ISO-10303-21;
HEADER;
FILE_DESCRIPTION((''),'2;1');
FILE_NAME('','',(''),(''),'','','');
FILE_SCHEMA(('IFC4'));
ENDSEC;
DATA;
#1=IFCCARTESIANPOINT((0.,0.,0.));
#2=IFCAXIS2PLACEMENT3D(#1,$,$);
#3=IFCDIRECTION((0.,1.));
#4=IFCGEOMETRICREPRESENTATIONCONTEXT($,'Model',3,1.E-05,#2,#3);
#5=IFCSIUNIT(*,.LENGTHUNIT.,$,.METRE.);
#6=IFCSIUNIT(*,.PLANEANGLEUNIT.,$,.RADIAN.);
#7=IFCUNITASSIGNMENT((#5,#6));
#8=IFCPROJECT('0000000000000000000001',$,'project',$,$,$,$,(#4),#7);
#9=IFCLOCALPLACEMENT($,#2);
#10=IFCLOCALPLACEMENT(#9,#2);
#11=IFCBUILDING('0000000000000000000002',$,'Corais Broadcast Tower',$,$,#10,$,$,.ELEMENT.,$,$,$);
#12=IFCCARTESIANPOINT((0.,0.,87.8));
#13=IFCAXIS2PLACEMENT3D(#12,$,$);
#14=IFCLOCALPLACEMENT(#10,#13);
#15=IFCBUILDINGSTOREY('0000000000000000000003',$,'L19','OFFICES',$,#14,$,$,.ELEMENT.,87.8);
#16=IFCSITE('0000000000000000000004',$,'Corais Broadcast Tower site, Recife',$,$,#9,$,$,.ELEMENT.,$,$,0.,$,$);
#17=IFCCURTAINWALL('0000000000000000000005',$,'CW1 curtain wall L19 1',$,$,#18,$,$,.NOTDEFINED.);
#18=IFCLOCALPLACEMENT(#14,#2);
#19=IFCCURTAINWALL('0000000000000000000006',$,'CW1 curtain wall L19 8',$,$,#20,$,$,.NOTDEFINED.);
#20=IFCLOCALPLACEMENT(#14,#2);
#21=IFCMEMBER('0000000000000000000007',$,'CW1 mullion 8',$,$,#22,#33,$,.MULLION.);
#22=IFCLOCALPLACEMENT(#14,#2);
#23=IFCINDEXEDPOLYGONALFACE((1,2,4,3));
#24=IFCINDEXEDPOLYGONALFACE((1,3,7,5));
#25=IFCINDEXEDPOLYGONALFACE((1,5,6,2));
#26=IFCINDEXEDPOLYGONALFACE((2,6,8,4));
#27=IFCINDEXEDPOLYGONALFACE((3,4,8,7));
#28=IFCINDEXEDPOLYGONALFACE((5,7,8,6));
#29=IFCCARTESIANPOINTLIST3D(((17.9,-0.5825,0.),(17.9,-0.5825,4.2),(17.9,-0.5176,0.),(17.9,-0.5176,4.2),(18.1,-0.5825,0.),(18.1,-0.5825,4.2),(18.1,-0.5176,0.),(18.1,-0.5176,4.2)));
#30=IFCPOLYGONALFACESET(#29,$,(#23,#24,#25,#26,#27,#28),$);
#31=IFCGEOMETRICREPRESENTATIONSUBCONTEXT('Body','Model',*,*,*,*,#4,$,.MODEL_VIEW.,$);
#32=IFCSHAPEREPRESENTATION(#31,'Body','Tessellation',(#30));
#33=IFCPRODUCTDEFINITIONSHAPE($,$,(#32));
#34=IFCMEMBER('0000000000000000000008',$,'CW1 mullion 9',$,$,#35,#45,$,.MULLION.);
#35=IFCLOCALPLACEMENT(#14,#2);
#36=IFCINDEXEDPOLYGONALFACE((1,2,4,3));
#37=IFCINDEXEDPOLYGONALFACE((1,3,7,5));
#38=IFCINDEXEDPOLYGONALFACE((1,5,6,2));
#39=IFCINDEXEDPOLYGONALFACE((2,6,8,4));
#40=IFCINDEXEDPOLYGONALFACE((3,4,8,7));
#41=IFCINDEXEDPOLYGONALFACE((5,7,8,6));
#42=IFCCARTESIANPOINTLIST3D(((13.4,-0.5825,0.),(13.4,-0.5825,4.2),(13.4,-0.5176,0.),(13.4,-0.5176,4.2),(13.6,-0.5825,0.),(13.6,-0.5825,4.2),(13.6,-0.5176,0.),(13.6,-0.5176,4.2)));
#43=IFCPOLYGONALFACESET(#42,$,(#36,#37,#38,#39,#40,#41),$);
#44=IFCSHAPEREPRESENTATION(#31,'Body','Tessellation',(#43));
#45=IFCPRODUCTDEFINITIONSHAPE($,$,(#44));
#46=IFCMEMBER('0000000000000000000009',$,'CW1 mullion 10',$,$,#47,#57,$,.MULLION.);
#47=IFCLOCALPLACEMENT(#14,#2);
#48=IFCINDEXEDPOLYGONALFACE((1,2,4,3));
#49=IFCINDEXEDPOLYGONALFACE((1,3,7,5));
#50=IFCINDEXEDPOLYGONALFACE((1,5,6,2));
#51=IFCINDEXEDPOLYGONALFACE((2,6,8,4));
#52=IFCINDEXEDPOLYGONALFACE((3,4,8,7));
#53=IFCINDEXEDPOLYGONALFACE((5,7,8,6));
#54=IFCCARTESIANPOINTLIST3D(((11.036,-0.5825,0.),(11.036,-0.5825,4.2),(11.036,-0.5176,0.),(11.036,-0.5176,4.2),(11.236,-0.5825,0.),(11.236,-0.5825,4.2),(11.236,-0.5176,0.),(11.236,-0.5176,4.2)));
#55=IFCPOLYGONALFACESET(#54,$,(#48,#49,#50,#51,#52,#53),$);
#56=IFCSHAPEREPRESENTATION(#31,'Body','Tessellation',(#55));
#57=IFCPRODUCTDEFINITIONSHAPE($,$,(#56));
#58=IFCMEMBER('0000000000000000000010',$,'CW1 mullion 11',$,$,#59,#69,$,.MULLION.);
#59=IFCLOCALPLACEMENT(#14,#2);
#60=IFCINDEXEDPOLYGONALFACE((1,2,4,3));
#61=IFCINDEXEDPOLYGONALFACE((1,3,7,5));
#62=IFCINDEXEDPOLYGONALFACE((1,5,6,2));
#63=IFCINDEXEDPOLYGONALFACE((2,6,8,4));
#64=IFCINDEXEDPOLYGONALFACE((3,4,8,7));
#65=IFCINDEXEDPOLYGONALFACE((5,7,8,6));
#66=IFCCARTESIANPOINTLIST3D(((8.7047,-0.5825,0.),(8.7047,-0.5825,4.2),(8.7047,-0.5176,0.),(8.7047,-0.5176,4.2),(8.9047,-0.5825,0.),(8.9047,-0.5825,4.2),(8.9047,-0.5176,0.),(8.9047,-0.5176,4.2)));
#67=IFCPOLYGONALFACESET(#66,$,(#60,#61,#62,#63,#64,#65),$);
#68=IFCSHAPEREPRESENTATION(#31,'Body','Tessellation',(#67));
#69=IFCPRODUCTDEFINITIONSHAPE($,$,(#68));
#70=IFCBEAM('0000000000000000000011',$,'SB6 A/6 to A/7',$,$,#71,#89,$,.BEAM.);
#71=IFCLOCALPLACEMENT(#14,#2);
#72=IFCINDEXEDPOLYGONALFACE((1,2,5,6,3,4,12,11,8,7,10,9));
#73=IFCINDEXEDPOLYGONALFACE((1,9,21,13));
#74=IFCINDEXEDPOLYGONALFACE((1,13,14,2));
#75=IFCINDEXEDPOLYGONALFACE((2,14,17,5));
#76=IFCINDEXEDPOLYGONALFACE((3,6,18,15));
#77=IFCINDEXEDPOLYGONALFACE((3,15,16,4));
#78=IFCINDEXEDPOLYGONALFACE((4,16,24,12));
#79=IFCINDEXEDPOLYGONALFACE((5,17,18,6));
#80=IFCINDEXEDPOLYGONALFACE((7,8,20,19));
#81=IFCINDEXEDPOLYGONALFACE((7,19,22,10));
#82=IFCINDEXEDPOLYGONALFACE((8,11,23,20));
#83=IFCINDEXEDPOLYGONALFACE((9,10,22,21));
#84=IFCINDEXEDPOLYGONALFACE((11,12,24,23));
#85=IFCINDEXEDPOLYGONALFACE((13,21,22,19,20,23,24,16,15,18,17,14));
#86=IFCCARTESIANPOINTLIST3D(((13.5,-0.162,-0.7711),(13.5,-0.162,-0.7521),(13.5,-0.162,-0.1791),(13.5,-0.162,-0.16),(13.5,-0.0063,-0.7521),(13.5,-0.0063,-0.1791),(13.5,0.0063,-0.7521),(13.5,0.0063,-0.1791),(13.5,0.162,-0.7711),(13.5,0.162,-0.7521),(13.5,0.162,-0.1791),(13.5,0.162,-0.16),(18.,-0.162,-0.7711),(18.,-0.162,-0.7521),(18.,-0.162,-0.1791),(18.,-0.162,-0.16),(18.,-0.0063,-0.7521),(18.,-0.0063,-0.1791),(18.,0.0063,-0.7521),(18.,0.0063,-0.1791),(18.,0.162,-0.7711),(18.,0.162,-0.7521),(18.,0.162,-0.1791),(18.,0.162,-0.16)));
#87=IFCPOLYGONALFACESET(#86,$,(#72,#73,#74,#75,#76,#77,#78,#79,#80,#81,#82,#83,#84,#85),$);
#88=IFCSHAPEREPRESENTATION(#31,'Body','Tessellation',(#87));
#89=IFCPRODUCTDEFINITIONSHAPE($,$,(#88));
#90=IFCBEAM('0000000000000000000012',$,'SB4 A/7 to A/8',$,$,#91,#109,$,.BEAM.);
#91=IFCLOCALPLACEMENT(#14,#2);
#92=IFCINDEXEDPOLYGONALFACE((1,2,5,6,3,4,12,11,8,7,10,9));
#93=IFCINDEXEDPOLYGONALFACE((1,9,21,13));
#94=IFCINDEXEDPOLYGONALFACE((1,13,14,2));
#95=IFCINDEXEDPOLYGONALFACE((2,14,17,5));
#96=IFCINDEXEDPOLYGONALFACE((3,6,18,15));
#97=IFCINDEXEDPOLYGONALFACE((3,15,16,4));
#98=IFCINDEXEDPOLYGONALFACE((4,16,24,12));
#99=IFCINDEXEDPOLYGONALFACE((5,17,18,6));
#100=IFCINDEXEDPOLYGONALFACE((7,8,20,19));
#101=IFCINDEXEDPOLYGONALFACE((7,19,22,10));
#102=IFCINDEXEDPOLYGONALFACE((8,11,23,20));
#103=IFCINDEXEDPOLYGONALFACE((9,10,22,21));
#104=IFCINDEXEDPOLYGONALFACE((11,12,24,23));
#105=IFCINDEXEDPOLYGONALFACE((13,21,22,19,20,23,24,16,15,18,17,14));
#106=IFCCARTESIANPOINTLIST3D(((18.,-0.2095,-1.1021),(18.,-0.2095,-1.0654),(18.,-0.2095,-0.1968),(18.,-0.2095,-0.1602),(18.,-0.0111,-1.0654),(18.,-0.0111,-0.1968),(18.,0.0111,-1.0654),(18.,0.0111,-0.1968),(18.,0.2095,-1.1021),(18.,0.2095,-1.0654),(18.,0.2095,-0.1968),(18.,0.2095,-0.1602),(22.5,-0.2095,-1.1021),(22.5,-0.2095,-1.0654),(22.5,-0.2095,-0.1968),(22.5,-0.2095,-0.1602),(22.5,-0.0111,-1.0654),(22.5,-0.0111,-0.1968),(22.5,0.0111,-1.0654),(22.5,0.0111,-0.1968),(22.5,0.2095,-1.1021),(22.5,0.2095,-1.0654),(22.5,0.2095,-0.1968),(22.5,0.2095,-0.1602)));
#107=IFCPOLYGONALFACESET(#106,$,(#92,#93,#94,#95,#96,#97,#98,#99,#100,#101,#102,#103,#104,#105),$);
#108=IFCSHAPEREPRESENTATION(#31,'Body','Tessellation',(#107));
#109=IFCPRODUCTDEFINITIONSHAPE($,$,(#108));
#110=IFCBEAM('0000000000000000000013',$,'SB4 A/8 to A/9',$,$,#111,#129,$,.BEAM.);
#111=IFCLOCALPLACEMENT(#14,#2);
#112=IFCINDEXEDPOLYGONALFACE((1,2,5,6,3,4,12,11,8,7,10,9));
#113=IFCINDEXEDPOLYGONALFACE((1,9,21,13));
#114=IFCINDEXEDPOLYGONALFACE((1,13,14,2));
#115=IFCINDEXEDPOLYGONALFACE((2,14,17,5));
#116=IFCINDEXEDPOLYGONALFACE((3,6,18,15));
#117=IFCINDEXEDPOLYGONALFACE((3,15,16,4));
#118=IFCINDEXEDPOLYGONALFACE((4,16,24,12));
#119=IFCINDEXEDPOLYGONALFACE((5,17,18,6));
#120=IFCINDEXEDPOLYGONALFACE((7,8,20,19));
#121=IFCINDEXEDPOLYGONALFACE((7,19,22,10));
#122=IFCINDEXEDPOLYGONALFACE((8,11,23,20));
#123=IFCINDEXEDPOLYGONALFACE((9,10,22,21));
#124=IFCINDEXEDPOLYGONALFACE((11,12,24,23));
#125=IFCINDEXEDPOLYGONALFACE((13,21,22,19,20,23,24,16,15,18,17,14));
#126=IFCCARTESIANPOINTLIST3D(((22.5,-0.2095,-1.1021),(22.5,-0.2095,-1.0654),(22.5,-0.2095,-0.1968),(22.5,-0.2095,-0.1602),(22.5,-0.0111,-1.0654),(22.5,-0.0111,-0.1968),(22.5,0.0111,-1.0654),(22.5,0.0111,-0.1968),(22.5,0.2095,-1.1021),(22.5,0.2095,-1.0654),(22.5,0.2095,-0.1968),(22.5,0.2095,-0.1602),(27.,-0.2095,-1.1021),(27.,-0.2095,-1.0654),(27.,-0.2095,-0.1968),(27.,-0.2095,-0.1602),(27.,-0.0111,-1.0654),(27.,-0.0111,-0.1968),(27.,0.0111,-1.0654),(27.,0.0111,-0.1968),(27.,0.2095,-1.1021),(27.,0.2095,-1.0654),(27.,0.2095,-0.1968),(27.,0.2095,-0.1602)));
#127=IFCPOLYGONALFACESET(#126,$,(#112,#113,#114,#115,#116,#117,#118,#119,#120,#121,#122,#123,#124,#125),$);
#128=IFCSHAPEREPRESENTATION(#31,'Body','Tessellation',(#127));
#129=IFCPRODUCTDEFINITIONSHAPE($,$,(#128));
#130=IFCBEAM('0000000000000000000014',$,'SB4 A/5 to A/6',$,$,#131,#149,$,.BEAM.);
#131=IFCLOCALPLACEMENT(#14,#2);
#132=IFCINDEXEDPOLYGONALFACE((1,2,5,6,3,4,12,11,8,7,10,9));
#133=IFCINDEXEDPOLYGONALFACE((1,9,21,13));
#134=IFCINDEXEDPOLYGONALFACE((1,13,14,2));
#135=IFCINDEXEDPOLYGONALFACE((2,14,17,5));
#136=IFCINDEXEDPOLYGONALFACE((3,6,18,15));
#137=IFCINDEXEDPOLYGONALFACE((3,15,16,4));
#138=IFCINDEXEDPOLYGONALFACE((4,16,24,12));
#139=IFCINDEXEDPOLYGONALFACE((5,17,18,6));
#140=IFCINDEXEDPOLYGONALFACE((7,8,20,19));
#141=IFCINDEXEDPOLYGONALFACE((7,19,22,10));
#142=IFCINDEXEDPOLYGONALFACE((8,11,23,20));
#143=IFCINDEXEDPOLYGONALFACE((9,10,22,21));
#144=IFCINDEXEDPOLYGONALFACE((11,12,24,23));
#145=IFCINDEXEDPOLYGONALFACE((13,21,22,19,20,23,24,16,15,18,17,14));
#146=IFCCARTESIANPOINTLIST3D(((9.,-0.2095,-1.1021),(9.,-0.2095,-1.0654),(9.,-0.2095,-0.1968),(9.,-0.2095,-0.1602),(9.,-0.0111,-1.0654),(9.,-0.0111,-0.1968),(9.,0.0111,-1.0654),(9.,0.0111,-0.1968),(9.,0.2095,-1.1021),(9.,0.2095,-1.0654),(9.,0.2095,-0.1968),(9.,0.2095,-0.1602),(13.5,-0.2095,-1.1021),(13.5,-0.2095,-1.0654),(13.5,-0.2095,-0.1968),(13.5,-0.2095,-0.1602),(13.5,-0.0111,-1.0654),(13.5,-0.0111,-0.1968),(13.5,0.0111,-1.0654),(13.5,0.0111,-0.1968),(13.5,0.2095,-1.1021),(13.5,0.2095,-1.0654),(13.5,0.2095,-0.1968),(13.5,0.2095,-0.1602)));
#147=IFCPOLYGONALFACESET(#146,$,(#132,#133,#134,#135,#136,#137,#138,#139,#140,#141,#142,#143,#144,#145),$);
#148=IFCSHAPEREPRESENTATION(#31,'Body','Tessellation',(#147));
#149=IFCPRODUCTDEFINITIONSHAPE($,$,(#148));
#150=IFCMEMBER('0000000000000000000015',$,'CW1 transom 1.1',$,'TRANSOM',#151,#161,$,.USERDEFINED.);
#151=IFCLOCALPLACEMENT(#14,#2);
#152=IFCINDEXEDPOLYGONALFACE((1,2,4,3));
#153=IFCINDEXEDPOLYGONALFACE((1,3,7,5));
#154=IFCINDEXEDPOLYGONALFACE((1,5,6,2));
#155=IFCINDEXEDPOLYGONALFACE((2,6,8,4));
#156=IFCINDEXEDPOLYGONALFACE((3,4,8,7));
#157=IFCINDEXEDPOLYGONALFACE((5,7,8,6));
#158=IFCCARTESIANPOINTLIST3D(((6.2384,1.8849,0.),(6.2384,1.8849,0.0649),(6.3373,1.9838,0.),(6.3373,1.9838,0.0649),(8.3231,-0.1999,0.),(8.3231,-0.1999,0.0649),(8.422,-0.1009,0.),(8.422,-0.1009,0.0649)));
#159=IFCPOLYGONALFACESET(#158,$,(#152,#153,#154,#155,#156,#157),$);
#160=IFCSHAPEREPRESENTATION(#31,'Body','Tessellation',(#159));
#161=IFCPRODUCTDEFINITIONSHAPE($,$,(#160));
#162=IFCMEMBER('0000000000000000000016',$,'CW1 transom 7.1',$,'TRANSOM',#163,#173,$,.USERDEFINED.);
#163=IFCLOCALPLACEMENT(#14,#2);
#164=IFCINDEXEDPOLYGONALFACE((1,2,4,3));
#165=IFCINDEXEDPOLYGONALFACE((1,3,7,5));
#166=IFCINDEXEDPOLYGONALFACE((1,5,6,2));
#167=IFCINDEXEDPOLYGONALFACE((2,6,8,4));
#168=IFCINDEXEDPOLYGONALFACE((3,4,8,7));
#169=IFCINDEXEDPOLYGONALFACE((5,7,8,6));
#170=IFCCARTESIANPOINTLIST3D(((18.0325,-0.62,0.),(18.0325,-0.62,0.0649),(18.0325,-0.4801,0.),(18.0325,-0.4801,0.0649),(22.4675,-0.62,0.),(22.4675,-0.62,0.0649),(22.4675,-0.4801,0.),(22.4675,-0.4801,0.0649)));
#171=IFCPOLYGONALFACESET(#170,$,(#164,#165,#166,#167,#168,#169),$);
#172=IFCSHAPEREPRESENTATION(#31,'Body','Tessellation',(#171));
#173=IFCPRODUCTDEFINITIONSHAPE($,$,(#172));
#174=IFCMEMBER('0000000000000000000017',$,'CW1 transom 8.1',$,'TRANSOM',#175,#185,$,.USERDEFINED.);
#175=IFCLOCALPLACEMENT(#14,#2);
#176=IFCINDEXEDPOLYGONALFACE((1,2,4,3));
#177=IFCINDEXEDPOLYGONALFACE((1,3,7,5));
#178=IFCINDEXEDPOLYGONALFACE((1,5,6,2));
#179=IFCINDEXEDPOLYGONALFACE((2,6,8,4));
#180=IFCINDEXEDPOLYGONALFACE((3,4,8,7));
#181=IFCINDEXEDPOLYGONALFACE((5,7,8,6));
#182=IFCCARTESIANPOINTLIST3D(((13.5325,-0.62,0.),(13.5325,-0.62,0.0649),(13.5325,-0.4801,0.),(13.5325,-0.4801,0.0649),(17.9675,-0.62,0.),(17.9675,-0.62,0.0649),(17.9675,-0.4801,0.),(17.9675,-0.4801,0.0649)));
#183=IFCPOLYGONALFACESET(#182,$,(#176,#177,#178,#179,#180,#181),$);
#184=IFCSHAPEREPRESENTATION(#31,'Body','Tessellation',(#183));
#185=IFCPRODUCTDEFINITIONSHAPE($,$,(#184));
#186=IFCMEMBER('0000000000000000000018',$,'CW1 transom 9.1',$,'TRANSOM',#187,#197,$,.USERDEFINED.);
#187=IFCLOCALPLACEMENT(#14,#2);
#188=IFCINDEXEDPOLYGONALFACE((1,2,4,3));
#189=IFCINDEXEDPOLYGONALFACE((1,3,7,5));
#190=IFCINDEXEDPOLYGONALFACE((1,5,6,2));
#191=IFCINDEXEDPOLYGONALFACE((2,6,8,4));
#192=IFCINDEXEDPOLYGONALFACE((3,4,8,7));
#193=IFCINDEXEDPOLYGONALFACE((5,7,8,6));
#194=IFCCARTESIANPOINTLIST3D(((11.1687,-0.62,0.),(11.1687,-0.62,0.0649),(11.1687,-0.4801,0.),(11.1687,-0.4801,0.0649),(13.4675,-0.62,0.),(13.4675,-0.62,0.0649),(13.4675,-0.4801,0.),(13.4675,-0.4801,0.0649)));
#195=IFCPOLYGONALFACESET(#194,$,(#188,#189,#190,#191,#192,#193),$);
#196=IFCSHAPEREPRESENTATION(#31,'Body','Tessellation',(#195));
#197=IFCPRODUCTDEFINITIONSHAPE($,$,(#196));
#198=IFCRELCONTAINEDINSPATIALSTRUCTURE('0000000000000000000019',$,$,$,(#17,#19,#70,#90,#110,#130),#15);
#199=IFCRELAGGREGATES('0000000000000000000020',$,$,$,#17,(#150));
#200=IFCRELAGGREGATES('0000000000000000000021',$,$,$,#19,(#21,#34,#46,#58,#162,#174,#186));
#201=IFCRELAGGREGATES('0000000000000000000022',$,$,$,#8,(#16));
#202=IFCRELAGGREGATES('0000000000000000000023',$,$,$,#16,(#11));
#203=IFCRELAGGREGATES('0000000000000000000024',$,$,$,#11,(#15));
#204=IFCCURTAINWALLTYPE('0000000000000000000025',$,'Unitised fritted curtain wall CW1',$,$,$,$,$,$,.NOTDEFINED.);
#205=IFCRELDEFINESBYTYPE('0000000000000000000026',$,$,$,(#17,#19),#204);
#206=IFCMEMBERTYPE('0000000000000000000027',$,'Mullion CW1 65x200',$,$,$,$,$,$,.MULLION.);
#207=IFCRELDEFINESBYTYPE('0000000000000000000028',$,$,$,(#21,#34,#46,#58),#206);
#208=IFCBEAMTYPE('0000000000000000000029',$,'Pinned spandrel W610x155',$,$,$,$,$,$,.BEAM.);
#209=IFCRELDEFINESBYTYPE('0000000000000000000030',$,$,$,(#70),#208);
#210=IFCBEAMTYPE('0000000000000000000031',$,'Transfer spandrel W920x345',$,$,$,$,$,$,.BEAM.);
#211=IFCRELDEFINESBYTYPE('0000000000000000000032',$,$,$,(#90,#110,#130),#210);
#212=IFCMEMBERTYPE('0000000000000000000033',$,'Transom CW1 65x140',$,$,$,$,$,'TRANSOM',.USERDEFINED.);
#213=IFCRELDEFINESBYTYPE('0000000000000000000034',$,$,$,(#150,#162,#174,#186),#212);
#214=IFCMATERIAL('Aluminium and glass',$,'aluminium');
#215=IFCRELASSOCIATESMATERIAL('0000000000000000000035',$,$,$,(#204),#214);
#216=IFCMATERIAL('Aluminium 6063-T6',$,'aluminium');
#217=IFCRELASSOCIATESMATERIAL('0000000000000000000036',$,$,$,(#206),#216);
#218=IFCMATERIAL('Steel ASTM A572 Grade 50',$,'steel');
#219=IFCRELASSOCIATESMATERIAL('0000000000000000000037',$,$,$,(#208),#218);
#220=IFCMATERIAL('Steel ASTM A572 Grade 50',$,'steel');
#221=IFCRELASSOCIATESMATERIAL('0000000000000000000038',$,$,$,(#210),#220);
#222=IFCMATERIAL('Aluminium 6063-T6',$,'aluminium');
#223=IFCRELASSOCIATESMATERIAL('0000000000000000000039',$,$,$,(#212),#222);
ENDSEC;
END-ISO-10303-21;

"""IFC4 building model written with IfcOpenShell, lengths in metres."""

from ifc_helpers import new_model, si_unit, direction, frame, origin, origin_2d, place, context, subcontext, project, spatial, rectangle, i_section, extrude, material, material_profile, profile_set, type_object, element, aggregate, save


model = new_model("IFC4")

# Units and contexts
model_context = context("Model", 3, precision=1e-05, world=origin(), true_north=direction((0.0, 1.0)))
body_context = subcontext(model_context, "Body", "Model", "MODEL_VIEW")
ifc_project = project(units=[si_unit("LENGTHUNIT", "METRE"), si_unit("PLANEANGLEUNIT", "RADIAN")], contexts=[model_context])

# Site, building, storey
site_placement = place(None, origin())
site = spatial("IfcSite", under=ifc_project, at=site_placement, Name="Corais Broadcast Tower site, Recife", CompositionType="ELEMENT", RefElevation=0.0)
building_placement = place(site_placement, origin())
building = spatial("IfcBuilding", under=site, at=building_placement, Name="Corais Broadcast Tower", CompositionType="ELEMENT")
storey_placement = place(building_placement, frame((0.0, 0.0, 87.8)))
storey = spatial("IfcBuildingStorey", under=building, at=storey_placement, Name="L19", Description="OFFICES", CompositionType="ELEMENT", Elevation=87.8)

# Curtain wall
ifc_material_1 = material(Name="Aluminium and glass", Category="aluminium")
curtain_wall_type = type_object("IfcCurtainWallType", Name="Unitised fritted curtain wall CW1", PredefinedType="NOTDEFINED", material=ifc_material_1)
curtain_wall_1_placement = place(storey_placement, origin())
curtain_wall_1 = element("IfcCurtainWall", 1, at=curtain_wall_1_placement, inside=storey, type_object=curtain_wall_type, Name="CW1 curtain wall L19 1", PredefinedType="NOTDEFINED")
ifc_material_2 = material(Name="Aluminium 6063-T6", Category="aluminium")
ifc_material_profile_1 = material_profile(ifc_material_2, rectangle(XDim=0.0649, YDim=0.2, at=origin_2d()), Name="Mullion CW1 65x200")
ifc_profile_set_1 = profile_set([ifc_material_profile_1], Name="Aluminium 6063-T6")
member_type_1 = type_object("IfcMemberType", Name="Mullion CW1 65x200", PredefinedType="MULLION", material=ifc_profile_set_1)

# Curtain wall, members
curtain_wall_2_placement = place(storey_placement, origin())
curtain_wall_2 = element("IfcCurtainWall", 2, at=curtain_wall_2_placement, inside=storey, type_object=curtain_wall_type, Name="CW1 curtain wall L19 8", PredefinedType="NOTDEFINED")
member_1_placement = place(storey_placement, frame((18.0, -0.55, 0.0), z_axis=(0.0, 0.0, 1.0), x_axis=(0.0, -1.0, 0.0)))
member_1 = element("IfcMember", 3, at=member_1_placement, type_object=member_type_1, Name="CW1 mullion 8", PredefinedType="MULLION", context=body_context, shape_type="SweptSolid", body=[
    extrude(rectangle(XDim=0.0649, YDim=0.2, at=origin_2d()), origin(), (0.0, 0.0, 1.0), 4.2),
])
member_2_placement = place(storey_placement, frame((13.5, -0.55, 0.0), z_axis=(0.0, 0.0, 1.0), x_axis=(0.0, -1.0, 0.0)))
member_2 = element("IfcMember", 4, at=member_2_placement, type_object=member_type_1, Name="CW1 mullion 9", PredefinedType="MULLION", context=body_context, shape_type="SweptSolid", body=[
    extrude(rectangle(XDim=0.0649, YDim=0.2, at=origin_2d()), origin(), (0.0, 0.0, 1.0), 4.2),
])
member_3_placement = place(storey_placement, frame((11.136, -0.55, 0.0), z_axis=(0.0, 0.0, 1.0), x_axis=(0.0, -1.0, 0.0)))
member_3 = element("IfcMember", 5, at=member_3_placement, type_object=member_type_1, Name="CW1 mullion 10", PredefinedType="MULLION", context=body_context, shape_type="SweptSolid", body=[
    extrude(rectangle(XDim=0.0649, YDim=0.2, at=origin_2d()), origin(), (0.0, 0.0, 1.0), 4.2),
])
member_4_placement = place(storey_placement, frame((8.8047, -0.55, 0.0), z_axis=(0.0, 0.0, 1.0), x_axis=(0.0, -1.0, 0.0)))
member_4 = element("IfcMember", 6, at=member_4_placement, type_object=member_type_1, Name="CW1 mullion 11", PredefinedType="MULLION", context=body_context, shape_type="SweptSolid", body=[
    extrude(rectangle(XDim=0.0649, YDim=0.2, at=origin_2d()), origin(), (0.0, 0.0, 1.0), 4.2),
])

# Beams
ifc_material_3 = material(Name="Steel ASTM A572 Grade 50", Category="steel")
ifc_material_profile_2 = material_profile(ifc_material_3, i_section(OverallWidth=0.324, OverallDepth=0.6111, WebThickness=0.0127, FlangeThickness=0.019, at=origin_2d()), Name="W610x155")
ifc_profile_set_2 = profile_set([ifc_material_profile_2], Name="Steel ASTM A572 Grade 50")
beam_type_1 = type_object("IfcBeamType", Name="Pinned spandrel W610x155", PredefinedType="BEAM", material=ifc_profile_set_2)
beam_1_placement = place(storey_placement, frame((13.5, 0.0, -0.4656), z_axis=(1.0, 0.0, 0.0), x_axis=(0.0, 1.0, 0.0)))
element("IfcBeam", 7, at=beam_1_placement, inside=storey, type_object=beam_type_1, Name="SB6 A/6 to A/7", PredefinedType="BEAM", context=body_context, shape_type="SweptSolid", body=[
    extrude(i_section(OverallWidth=0.324, OverallDepth=0.6111, WebThickness=0.0127, FlangeThickness=0.019, at=origin_2d()), origin(), (0.0, 0.0, 1.0), 4.5),
])
ifc_material_4 = material(Name="Steel ASTM A572 Grade 50", Category="steel")
ifc_material_profile_3 = material_profile(ifc_material_4, i_section(OverallWidth=0.4189, OverallDepth=0.9419, WebThickness=0.0222, FlangeThickness=0.0366, at=origin_2d()), Name="W920x345")
ifc_profile_set_3 = profile_set([ifc_material_profile_3], Name="Steel ASTM A572 Grade 50")
beam_type_2 = type_object("IfcBeamType", Name="Transfer spandrel W920x345", PredefinedType="BEAM", material=ifc_profile_set_3)
for number, where, z_axis, x_axis, name in (
    (8, (18.0, 0.0, -0.6311), (1.0, 0.0, 0.0), (0.0, 1.0, 0.0), "SB4 A/7 to A/8"),
    (9, (22.5, 0.0, -0.6311), (1.0, 0.0, 0.0), (0.0, 1.0, 0.0), "SB4 A/8 to A/9"),
    (10, (9.0, 0.0, -0.6311), (1.0, 0.0, 0.0), (0.0, 1.0, 0.0), "SB4 A/5 to A/6"),
):
    element("IfcBeam", number, at=place(storey_placement, frame(where, z_axis=z_axis, x_axis=x_axis)), inside=storey, type_object=beam_type_2, Name=name, PredefinedType="BEAM", context=body_context, shape_type="SweptSolid", body=[
        extrude(i_section(OverallWidth=0.4189, OverallDepth=0.9419, WebThickness=0.0222, FlangeThickness=0.0366, at=origin_2d()), origin(), (0.0, 0.0, 1.0), 4.5),
    ])

# Members
ifc_material_5 = material(Name="Aluminium 6063-T6", Category="aluminium")
ifc_material_profile_4 = material_profile(ifc_material_5, rectangle(XDim=0.1399, YDim=0.0649, at=origin_2d()), Name="Transom CW1 65x140")
ifc_profile_set_4 = profile_set([ifc_material_profile_4], Name="Aluminium 6063-T6")
member_type_2 = type_object("IfcMemberType", Name="Transom CW1 65x140", ElementType="TRANSOM", PredefinedType="USERDEFINED", material=ifc_profile_set_4)
member_5_placement = place(storey_placement, frame((8.3726, -0.1504, 0.0325), z_axis=(-0.707107, 0.707107, 0.0), x_axis=(-0.707107, -0.707107, 0.0)))
member_5 = element("IfcMember", 11, at=member_5_placement, type_object=member_type_2, Name="CW1 transom 1.1", ObjectType="TRANSOM", PredefinedType="USERDEFINED", context=body_context, shape_type="SweptSolid", body=[
    extrude(rectangle(XDim=0.1399, YDim=0.0649, at=origin_2d()), origin(), (0.0, 0.0, 1.0), 2.9482),
])
aggregate(curtain_wall_1, [member_5])
member_6_placement = place(storey_placement, frame((22.4675, -0.55, 0.0325), z_axis=(-1.0, 0.0, 0.0), x_axis=(0.0, -1.0, 0.0)))
member_6 = element("IfcMember", 12, at=member_6_placement, type_object=member_type_2, Name="CW1 transom 7.1", ObjectType="TRANSOM", PredefinedType="USERDEFINED", context=body_context, shape_type="SweptSolid", body=[
    extrude(rectangle(XDim=0.1399, YDim=0.0649, at=origin_2d()), origin(), (0.0, 0.0, 1.0), 4.4351),
])
member_7_placement = place(storey_placement, frame((17.9675, -0.55, 0.0325), z_axis=(-1.0, 0.0, 0.0), x_axis=(0.0, -1.0, 0.0)))
member_7 = element("IfcMember", 13, at=member_7_placement, type_object=member_type_2, Name="CW1 transom 8.1", ObjectType="TRANSOM", PredefinedType="USERDEFINED", context=body_context, shape_type="SweptSolid", body=[
    extrude(rectangle(XDim=0.1399, YDim=0.0649, at=origin_2d()), origin(), (0.0, 0.0, 1.0), 4.4351),
])
member_8_placement = place(storey_placement, frame((13.4675, -0.55, 0.0325), z_axis=(-1.0, 0.0, 0.0), x_axis=(0.0, -1.0, 0.0)))
member_8 = element("IfcMember", 14, at=member_8_placement, type_object=member_type_2, Name="CW1 transom 9.1", ObjectType="TRANSOM", PredefinedType="USERDEFINED", context=body_context, shape_type="SweptSolid", body=[
    extrude(rectangle(XDim=0.1399, YDim=0.0649, at=origin_2d()), origin(), (0.0, 0.0, 1.0), 2.2988),
])

aggregate(curtain_wall_2, [member_1, member_2, member_3, member_4, member_6, member_7, member_8])

save(model, "model.ifc")
